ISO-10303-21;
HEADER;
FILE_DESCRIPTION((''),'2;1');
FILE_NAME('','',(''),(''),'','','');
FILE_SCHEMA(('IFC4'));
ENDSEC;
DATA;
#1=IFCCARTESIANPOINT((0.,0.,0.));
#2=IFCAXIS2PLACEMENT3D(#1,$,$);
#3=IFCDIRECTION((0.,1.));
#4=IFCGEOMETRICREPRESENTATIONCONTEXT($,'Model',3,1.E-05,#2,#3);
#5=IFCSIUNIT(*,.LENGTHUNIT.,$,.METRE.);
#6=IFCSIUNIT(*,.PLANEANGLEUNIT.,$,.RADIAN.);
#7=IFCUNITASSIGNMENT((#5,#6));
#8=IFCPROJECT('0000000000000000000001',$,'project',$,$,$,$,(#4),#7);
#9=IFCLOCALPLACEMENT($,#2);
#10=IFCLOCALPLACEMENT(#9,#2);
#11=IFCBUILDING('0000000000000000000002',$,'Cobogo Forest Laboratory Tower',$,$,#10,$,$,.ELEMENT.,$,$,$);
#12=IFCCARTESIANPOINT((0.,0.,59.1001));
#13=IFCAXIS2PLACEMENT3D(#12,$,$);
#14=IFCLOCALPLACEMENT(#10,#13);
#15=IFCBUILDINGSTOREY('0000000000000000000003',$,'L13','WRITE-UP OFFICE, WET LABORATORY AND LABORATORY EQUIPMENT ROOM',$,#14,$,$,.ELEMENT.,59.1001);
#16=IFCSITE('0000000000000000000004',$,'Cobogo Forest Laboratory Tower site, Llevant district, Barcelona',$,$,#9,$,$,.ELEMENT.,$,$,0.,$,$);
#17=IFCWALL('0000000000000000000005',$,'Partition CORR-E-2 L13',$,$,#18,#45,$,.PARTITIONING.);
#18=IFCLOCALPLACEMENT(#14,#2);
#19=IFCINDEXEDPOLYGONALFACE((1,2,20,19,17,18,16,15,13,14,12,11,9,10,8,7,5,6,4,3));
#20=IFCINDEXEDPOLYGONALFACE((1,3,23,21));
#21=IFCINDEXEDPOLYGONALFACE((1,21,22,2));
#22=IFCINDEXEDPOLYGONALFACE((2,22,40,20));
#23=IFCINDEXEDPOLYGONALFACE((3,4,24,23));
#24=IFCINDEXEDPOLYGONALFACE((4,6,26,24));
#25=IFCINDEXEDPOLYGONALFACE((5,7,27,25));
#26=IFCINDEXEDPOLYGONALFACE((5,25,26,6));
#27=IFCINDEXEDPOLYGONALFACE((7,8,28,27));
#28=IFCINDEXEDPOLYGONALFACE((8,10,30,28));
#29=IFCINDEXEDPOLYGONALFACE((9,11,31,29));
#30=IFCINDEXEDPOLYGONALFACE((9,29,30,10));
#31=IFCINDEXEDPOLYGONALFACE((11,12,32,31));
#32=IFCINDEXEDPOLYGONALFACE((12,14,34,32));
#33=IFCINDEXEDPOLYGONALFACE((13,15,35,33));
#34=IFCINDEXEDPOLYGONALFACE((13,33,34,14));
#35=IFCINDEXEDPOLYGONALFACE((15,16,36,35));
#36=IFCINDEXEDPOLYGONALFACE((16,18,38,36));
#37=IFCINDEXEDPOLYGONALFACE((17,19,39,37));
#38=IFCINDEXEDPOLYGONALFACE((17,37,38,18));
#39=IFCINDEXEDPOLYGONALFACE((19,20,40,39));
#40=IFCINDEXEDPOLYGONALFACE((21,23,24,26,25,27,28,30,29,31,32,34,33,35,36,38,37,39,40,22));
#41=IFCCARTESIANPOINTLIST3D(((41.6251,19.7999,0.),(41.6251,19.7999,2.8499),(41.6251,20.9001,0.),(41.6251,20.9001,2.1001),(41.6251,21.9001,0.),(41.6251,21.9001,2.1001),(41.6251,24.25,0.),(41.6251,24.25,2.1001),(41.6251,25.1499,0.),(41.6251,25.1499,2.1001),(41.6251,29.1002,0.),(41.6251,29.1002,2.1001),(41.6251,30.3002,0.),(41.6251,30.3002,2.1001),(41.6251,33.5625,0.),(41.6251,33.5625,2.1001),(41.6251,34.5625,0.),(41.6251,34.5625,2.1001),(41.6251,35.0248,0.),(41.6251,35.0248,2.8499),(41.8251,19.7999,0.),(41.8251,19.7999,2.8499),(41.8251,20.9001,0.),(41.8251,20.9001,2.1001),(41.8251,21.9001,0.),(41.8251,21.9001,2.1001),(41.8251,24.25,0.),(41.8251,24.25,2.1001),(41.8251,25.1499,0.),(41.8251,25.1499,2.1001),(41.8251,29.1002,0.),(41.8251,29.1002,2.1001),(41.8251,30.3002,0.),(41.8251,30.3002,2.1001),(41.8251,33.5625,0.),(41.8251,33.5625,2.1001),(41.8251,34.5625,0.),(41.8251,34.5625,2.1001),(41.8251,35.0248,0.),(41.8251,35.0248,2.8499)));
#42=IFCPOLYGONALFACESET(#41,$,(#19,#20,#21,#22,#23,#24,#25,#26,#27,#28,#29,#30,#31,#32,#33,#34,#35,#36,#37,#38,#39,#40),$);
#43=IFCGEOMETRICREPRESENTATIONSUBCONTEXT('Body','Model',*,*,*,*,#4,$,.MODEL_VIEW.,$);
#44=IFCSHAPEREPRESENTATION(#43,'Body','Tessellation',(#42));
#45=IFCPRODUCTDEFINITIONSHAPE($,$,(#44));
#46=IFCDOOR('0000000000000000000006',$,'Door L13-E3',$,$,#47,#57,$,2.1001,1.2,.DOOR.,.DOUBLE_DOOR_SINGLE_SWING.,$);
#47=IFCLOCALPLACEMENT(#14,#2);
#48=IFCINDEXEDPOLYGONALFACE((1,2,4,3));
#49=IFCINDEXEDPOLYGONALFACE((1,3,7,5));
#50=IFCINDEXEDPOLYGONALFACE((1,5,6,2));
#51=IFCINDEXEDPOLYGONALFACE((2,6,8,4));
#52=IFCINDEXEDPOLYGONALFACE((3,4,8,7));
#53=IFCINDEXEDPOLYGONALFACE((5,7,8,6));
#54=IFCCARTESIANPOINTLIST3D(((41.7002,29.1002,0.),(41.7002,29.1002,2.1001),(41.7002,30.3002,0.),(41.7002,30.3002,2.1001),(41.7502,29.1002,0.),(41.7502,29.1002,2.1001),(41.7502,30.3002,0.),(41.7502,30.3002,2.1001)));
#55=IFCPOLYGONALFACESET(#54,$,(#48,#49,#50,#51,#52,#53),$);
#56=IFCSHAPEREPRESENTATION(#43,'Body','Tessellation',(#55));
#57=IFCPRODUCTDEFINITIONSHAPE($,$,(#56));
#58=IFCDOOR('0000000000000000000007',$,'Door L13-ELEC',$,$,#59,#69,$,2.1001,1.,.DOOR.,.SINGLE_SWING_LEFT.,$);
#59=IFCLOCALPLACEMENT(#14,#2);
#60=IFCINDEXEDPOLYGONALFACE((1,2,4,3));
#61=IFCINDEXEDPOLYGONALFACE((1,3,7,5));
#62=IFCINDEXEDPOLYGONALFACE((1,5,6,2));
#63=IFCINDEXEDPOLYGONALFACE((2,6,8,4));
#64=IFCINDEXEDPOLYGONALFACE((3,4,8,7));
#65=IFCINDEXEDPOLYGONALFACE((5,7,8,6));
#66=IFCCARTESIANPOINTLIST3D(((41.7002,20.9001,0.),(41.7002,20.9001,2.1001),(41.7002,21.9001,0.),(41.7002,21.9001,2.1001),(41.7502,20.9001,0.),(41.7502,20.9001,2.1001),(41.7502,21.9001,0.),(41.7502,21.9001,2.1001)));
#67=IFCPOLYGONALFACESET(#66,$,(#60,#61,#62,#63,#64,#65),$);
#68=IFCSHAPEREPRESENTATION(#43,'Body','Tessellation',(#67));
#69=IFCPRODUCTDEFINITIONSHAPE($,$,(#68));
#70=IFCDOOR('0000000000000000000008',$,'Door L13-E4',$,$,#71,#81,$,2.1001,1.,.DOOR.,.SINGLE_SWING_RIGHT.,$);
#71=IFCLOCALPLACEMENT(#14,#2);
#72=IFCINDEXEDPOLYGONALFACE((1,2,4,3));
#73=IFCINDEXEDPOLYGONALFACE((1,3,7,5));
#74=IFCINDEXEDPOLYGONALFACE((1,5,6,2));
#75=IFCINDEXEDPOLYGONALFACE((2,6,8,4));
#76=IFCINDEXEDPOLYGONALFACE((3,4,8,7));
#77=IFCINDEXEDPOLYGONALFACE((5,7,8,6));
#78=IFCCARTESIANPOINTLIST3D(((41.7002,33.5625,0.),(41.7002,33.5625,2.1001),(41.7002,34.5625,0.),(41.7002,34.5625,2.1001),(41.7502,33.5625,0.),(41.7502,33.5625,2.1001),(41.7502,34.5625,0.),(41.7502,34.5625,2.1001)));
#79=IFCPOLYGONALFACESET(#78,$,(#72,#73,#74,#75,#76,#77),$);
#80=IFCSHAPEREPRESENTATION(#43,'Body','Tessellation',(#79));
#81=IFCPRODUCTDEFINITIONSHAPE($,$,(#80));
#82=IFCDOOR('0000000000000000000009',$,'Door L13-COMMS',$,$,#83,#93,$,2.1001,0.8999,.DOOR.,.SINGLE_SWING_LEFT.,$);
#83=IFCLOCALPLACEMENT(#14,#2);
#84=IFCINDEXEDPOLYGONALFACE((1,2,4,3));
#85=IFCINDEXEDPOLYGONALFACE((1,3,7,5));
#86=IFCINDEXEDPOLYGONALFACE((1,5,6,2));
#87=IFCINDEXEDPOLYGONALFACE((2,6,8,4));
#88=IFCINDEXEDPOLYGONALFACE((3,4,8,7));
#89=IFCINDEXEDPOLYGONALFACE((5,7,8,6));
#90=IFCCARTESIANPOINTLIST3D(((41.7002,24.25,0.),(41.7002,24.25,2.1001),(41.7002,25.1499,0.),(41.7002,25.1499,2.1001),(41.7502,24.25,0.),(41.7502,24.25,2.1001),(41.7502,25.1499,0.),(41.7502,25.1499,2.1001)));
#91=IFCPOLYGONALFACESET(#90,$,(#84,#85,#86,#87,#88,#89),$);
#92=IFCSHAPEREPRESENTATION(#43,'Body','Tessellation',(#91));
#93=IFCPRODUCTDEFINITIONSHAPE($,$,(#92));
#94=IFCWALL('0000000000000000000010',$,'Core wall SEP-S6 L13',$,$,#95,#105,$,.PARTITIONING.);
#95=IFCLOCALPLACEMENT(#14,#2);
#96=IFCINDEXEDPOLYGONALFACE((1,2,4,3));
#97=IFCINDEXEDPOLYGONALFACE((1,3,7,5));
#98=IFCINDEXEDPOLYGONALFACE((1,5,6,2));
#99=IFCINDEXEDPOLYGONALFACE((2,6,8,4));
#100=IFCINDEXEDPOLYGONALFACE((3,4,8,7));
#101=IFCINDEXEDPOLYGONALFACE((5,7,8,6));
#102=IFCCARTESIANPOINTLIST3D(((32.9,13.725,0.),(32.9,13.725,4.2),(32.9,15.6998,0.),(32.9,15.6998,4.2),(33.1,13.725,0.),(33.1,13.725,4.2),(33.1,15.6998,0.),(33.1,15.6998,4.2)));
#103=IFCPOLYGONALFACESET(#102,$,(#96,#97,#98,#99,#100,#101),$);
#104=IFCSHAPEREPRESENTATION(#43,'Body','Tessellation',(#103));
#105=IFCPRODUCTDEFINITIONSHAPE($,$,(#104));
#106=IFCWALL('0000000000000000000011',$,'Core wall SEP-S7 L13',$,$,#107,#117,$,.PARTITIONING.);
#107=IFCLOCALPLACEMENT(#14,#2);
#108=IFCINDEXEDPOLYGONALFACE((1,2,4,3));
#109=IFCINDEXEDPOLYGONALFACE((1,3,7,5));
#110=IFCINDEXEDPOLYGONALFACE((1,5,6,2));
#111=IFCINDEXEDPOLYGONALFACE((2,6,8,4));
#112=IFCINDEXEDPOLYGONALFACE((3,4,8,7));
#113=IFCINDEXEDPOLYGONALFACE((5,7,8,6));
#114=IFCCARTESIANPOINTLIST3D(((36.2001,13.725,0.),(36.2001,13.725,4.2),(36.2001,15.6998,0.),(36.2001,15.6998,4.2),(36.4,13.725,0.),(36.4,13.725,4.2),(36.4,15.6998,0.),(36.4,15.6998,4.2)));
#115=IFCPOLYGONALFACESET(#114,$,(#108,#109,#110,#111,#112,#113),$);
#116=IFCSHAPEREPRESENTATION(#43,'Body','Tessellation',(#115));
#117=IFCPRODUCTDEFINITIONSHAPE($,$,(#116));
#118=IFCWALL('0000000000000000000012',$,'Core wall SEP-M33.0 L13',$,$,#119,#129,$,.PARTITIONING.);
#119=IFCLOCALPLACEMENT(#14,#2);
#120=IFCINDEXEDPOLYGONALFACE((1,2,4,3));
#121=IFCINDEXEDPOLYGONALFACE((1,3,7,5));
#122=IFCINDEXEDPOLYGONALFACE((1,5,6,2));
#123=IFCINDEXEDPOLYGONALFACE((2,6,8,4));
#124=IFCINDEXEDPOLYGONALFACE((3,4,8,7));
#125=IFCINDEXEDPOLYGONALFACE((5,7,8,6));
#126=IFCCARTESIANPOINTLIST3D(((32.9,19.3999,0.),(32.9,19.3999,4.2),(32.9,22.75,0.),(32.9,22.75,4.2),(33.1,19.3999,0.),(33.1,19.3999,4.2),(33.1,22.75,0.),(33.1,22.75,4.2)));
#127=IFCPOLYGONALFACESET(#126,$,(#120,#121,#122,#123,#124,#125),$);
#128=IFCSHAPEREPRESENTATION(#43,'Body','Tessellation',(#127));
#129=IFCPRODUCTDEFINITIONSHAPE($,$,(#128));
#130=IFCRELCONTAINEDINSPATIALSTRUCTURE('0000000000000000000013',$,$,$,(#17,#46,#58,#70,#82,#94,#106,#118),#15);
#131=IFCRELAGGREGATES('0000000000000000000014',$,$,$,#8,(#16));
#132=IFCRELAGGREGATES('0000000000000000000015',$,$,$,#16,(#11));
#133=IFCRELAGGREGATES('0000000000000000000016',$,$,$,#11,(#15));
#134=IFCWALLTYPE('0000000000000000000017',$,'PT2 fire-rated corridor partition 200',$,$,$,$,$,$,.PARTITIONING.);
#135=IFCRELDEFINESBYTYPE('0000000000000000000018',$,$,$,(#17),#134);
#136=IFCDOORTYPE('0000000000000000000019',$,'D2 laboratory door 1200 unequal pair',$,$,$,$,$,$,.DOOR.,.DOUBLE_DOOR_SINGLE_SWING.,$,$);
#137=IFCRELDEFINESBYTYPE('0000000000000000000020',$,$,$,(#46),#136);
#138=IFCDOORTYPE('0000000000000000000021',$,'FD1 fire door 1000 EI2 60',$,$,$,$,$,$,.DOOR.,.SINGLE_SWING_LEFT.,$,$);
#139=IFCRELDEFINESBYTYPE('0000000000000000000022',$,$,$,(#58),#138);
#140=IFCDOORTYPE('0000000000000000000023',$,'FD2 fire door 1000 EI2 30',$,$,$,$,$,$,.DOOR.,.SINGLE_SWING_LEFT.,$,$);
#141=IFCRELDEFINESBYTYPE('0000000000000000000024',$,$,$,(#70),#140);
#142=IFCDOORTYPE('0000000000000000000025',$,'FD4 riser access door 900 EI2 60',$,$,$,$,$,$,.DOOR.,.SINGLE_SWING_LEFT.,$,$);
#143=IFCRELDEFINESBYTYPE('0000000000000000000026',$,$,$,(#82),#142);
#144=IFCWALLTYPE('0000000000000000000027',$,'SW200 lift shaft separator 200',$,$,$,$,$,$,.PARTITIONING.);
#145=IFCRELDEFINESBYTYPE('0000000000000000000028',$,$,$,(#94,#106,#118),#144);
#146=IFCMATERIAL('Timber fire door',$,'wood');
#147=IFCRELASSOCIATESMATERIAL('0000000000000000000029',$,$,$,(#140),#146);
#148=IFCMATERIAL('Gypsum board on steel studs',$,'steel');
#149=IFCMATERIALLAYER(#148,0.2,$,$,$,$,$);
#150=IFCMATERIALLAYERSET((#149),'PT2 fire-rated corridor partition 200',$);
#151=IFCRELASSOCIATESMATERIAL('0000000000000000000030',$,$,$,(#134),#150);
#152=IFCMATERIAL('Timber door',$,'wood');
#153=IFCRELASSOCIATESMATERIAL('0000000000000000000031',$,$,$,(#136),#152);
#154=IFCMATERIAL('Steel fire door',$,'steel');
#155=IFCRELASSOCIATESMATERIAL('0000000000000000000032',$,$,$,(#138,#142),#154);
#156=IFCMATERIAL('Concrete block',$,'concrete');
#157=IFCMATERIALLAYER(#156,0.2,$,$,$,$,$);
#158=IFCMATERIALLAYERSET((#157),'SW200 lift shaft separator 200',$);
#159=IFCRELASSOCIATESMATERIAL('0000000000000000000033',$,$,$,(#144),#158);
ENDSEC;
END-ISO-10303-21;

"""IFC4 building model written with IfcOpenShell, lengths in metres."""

from ifc_helpers import new_model, si_unit, direction, frame, frame_2d, origin, place, context, subcontext, project, spatial, rectangle, extrude, material, layer, layer_set, type_object, element, fill, save


model = new_model("IFC4")

# Units and contexts
model_context = context("Model", 3, precision=1e-05, world=origin(), true_north=direction((0.0, 1.0)))
body_context = subcontext(model_context, "Body", "Model", "MODEL_VIEW")
ifc_project = project(units=[si_unit("LENGTHUNIT", "METRE"), si_unit("PLANEANGLEUNIT", "RADIAN")], contexts=[model_context])

# Site, building, storey
site_placement = place(None, origin())
site = spatial("IfcSite", under=ifc_project, at=site_placement, Name="Cobogo Forest Laboratory Tower site, Llevant district, Barcelona", CompositionType="ELEMENT", RefElevation=0.0)
building_placement = place(site_placement, origin())
building = spatial("IfcBuilding", under=site, at=building_placement, Name="Cobogo Forest Laboratory Tower", CompositionType="ELEMENT")
storey_placement = place(building_placement, frame((0.0, 0.0, 59.1001)))
storey = spatial("IfcBuildingStorey", under=building, at=storey_placement, Name="L13", Description="WRITE-UP OFFICE, WET LABORATORY AND LABORATORY EQUIPMENT ROOM", CompositionType="ELEMENT", Elevation=59.1001)

# Shared definitions
ifc_material_1 = material(Name="Steel fire door", Category="steel")

# Shared definitions
ifc_material_2 = material(Name="Gypsum board on steel studs", Category="steel")

# Shared definitions
ifc_material_3 = material(Name="Timber fire door", Category="wood")
door_type_1 = type_object("IfcDoorType", Name="FD2 fire door 1000 EI2 30", OperationType="SINGLE_SWING_LEFT", PredefinedType="DOOR", material=ifc_material_3)

# Shared definitions
ifc_layer_1 = layer(ifc_material_2, 0.2)
ifc_layer_set_1 = layer_set([ifc_layer_1], Name="PT2 fire-rated corridor partition 200")
wall_type_1 = type_object("IfcWallType", Name="PT2 fire-rated corridor partition 200", PredefinedType="PARTITIONING", material=ifc_layer_set_1)

# Wall, openings, doors
wall_1_placement = place(storey_placement, frame((41.7251, 19.8, 0.0), z_axis=(0.0, 0.0, 1.0), x_axis=(0.0, 1.0, 0.0)))
wall_1 = element("IfcWall", 1, at=wall_1_placement, inside=storey, type_object=wall_type_1, Name="Partition CORR-E-2 L13", PredefinedType="PARTITIONING", context=body_context, shape_type="SweptSolid", body=[
    extrude(rectangle(XDim=15.2249, YDim=0.2, at=frame_2d((7.6123, 0.0))), origin(), (0.0, 0.0, 1.0), 2.8499),
])
opening_1_placement = place(wall_1_placement, frame((1.1001, 0.0, 0.0)))
opening_1 = element("IfcOpeningElement", 2, at=opening_1_placement, cuts=wall_1, PredefinedType="OPENING", context=body_context, shape_type="SweptSolid", body=[
    extrude(rectangle(XDim=1.0, YDim=2.1001, at=frame_2d((0.5, 1.05))), frame((0.0, 0.1099, 0.0), z_axis=(0.0, -1.0, 0.0), x_axis=(1.0, 0.0, 0.0)), (0.0, 0.0, 1.0), 0.22),
])
opening_2_placement = place(wall_1_placement, frame((4.45, 0.0, 0.0)))
opening_2 = element("IfcOpeningElement", 3, at=opening_2_placement, cuts=wall_1, PredefinedType="OPENING", context=body_context, shape_type="SweptSolid", body=[
    extrude(rectangle(XDim=0.8999, YDim=2.1001, at=frame_2d((0.45, 1.05))), frame((0.0, 0.1099, 0.0), z_axis=(0.0, -1.0, 0.0), x_axis=(1.0, 0.0, 0.0)), (0.0, 0.0, 1.0), 0.22),
])
opening_3_placement = place(wall_1_placement, frame((9.3, 0.0, 0.0)))
opening_3 = element("IfcOpeningElement", 4, at=opening_3_placement, cuts=wall_1, PredefinedType="OPENING", context=body_context, shape_type="SweptSolid", body=[
    extrude(rectangle(XDim=1.2, YDim=2.1001, at=frame_2d((0.6001, 1.05))), frame((0.0, 0.1099, 0.0), z_axis=(0.0, -1.0, 0.0), x_axis=(1.0, 0.0, 0.0)), (0.0, 0.0, 1.0), 0.22),
])
opening_4_placement = place(wall_1_placement, frame((13.7625, 0.0, 0.0)))
opening_4 = element("IfcOpeningElement", 5, at=opening_4_placement, cuts=wall_1, PredefinedType="OPENING", context=body_context, shape_type="SweptSolid", body=[
    extrude(rectangle(XDim=1.0, YDim=2.1001, at=frame_2d((0.5, 1.05))), frame((0.0, 0.1099, 0.0), z_axis=(0.0, -1.0, 0.0), x_axis=(1.0, 0.0, 0.0)), (0.0, 0.0, 1.0), 0.22),
])
ifc_material_4 = material(Name="Timber door", Category="wood")
door_type_2 = type_object("IfcDoorType", Name="D2 laboratory door 1200 unequal pair", OperationType="DOUBLE_DOOR_SINGLE_SWING", PredefinedType="DOOR", material=ifc_material_4)
door_1_placement = place(opening_3_placement, origin())
door_1 = element("IfcDoor", 6, at=door_1_placement, inside=storey, type_object=door_type_2, Name="Door L13-E3", OperationType="DOUBLE_DOOR_SINGLE_SWING", OverallHeight=2.1001, OverallWidth=1.2, PredefinedType="DOOR", context=body_context, shape_type="SweptSolid", body=[
    extrude(rectangle(XDim=1.2, YDim=2.1001, at=frame_2d((0.6001, 1.05))), frame((0.0, 0.0249, 0.0), z_axis=(0.0, -1.0, 0.0), x_axis=(1.0, 0.0, 0.0)), (0.0, 0.0, 1.0), 0.05),
])
fill(opening_3, door_1)
door_type_3 = type_object("IfcDoorType", Name="FD1 fire door 1000 EI2 60", OperationType="SINGLE_SWING_LEFT", PredefinedType="DOOR", material=ifc_material_1)
door_2_placement = place(opening_1_placement, origin())
door_2 = element("IfcDoor", 7, at=door_2_placement, inside=storey, type_object=door_type_3, Name="Door L13-ELEC", OperationType="SINGLE_SWING_LEFT", OverallHeight=2.1001, OverallWidth=1.0, PredefinedType="DOOR", context=body_context, shape_type="SweptSolid", body=[
    extrude(rectangle(XDim=1.0, YDim=2.1001, at=frame_2d((0.5, 1.05))), frame((0.0, 0.0249, 0.0), z_axis=(0.0, -1.0, 0.0), x_axis=(1.0, 0.0, 0.0)), (0.0, 0.0, 1.0), 0.05),
])
fill(opening_1, door_2)
door_3_placement = place(opening_4_placement, origin())
door_3 = element("IfcDoor", 8, at=door_3_placement, inside=storey, type_object=door_type_1, Name="Door L13-E4", OperationType="SINGLE_SWING_RIGHT", OverallHeight=2.1001, OverallWidth=1.0, PredefinedType="DOOR", context=body_context, shape_type="SweptSolid", body=[
    extrude(rectangle(XDim=1.0, YDim=2.1001, at=frame_2d((0.5, 1.05))), frame((0.0, 0.0249, 0.0), z_axis=(0.0, -1.0, 0.0), x_axis=(1.0, 0.0, 0.0)), (0.0, 0.0, 1.0), 0.05),
])
fill(opening_4, door_3)
door_type_4 = type_object("IfcDoorType", Name="FD4 riser access door 900 EI2 60", OperationType="SINGLE_SWING_LEFT", PredefinedType="DOOR", material=ifc_material_1)
door_4_placement = place(opening_2_placement, origin())
door_4 = element("IfcDoor", 9, at=door_4_placement, inside=storey, type_object=door_type_4, Name="Door L13-COMMS", OperationType="SINGLE_SWING_LEFT", OverallHeight=2.1001, OverallWidth=0.8999, PredefinedType="DOOR", context=body_context, shape_type="SweptSolid", body=[
    extrude(rectangle(XDim=0.8999, YDim=2.1001, at=frame_2d((0.45, 1.05))), frame((0.0, 0.0249, 0.0), z_axis=(0.0, -1.0, 0.0), x_axis=(1.0, 0.0, 0.0)), (0.0, 0.0, 1.0), 0.05),
])
fill(opening_2, door_4)

# Walls
ifc_material_5 = material(Name="Concrete block", Category="concrete")
ifc_layer_2 = layer(ifc_material_5, 0.2)
ifc_layer_set_2 = layer_set([ifc_layer_2], Name="SW200 lift shaft separator 200")
wall_type_2 = type_object("IfcWallType", Name="SW200 lift shaft separator 200", PredefinedType="PARTITIONING", material=ifc_layer_set_2)
for number, where, z_axis, x_axis, name in (
    (10, (33.0, 13.7251, 0.0), (0.0, 0.0, 1.0), (0.0, 1.0, 0.0), "Core wall SEP-S6 L13"),
    (11, (36.3, 13.7251, 0.0), (0.0, 0.0, 1.0), (0.0, 1.0, 0.0), "Core wall SEP-S7 L13"),
):
    element("IfcWall", number, at=place(storey_placement, frame(where, z_axis=z_axis, x_axis=x_axis)), inside=storey, type_object=wall_type_2, Name=name, PredefinedType="PARTITIONING", context=body_context, shape_type="SweptSolid", body=[
        extrude(rectangle(XDim=1.9749, YDim=0.2, at=frame_2d((0.9873, 0.0))), origin(), (0.0, 0.0, 1.0), 4.2),
    ])
wall_2_placement = place(storey_placement, frame((33.0, 19.3999, 0.0), z_axis=(0.0, 0.0, 1.0), x_axis=(0.0, 1.0, 0.0)))
element("IfcWall", 12, at=wall_2_placement, inside=storey, type_object=wall_type_2, Name="Core wall SEP-M33.0 L13", PredefinedType="PARTITIONING", context=body_context, shape_type="SweptSolid", body=[
    extrude(rectangle(XDim=3.3501, YDim=0.2, at=frame_2d((1.675, 0.0))), origin(), (0.0, 0.0, 1.0), 4.2),
])

save(model, "model.ifc")
